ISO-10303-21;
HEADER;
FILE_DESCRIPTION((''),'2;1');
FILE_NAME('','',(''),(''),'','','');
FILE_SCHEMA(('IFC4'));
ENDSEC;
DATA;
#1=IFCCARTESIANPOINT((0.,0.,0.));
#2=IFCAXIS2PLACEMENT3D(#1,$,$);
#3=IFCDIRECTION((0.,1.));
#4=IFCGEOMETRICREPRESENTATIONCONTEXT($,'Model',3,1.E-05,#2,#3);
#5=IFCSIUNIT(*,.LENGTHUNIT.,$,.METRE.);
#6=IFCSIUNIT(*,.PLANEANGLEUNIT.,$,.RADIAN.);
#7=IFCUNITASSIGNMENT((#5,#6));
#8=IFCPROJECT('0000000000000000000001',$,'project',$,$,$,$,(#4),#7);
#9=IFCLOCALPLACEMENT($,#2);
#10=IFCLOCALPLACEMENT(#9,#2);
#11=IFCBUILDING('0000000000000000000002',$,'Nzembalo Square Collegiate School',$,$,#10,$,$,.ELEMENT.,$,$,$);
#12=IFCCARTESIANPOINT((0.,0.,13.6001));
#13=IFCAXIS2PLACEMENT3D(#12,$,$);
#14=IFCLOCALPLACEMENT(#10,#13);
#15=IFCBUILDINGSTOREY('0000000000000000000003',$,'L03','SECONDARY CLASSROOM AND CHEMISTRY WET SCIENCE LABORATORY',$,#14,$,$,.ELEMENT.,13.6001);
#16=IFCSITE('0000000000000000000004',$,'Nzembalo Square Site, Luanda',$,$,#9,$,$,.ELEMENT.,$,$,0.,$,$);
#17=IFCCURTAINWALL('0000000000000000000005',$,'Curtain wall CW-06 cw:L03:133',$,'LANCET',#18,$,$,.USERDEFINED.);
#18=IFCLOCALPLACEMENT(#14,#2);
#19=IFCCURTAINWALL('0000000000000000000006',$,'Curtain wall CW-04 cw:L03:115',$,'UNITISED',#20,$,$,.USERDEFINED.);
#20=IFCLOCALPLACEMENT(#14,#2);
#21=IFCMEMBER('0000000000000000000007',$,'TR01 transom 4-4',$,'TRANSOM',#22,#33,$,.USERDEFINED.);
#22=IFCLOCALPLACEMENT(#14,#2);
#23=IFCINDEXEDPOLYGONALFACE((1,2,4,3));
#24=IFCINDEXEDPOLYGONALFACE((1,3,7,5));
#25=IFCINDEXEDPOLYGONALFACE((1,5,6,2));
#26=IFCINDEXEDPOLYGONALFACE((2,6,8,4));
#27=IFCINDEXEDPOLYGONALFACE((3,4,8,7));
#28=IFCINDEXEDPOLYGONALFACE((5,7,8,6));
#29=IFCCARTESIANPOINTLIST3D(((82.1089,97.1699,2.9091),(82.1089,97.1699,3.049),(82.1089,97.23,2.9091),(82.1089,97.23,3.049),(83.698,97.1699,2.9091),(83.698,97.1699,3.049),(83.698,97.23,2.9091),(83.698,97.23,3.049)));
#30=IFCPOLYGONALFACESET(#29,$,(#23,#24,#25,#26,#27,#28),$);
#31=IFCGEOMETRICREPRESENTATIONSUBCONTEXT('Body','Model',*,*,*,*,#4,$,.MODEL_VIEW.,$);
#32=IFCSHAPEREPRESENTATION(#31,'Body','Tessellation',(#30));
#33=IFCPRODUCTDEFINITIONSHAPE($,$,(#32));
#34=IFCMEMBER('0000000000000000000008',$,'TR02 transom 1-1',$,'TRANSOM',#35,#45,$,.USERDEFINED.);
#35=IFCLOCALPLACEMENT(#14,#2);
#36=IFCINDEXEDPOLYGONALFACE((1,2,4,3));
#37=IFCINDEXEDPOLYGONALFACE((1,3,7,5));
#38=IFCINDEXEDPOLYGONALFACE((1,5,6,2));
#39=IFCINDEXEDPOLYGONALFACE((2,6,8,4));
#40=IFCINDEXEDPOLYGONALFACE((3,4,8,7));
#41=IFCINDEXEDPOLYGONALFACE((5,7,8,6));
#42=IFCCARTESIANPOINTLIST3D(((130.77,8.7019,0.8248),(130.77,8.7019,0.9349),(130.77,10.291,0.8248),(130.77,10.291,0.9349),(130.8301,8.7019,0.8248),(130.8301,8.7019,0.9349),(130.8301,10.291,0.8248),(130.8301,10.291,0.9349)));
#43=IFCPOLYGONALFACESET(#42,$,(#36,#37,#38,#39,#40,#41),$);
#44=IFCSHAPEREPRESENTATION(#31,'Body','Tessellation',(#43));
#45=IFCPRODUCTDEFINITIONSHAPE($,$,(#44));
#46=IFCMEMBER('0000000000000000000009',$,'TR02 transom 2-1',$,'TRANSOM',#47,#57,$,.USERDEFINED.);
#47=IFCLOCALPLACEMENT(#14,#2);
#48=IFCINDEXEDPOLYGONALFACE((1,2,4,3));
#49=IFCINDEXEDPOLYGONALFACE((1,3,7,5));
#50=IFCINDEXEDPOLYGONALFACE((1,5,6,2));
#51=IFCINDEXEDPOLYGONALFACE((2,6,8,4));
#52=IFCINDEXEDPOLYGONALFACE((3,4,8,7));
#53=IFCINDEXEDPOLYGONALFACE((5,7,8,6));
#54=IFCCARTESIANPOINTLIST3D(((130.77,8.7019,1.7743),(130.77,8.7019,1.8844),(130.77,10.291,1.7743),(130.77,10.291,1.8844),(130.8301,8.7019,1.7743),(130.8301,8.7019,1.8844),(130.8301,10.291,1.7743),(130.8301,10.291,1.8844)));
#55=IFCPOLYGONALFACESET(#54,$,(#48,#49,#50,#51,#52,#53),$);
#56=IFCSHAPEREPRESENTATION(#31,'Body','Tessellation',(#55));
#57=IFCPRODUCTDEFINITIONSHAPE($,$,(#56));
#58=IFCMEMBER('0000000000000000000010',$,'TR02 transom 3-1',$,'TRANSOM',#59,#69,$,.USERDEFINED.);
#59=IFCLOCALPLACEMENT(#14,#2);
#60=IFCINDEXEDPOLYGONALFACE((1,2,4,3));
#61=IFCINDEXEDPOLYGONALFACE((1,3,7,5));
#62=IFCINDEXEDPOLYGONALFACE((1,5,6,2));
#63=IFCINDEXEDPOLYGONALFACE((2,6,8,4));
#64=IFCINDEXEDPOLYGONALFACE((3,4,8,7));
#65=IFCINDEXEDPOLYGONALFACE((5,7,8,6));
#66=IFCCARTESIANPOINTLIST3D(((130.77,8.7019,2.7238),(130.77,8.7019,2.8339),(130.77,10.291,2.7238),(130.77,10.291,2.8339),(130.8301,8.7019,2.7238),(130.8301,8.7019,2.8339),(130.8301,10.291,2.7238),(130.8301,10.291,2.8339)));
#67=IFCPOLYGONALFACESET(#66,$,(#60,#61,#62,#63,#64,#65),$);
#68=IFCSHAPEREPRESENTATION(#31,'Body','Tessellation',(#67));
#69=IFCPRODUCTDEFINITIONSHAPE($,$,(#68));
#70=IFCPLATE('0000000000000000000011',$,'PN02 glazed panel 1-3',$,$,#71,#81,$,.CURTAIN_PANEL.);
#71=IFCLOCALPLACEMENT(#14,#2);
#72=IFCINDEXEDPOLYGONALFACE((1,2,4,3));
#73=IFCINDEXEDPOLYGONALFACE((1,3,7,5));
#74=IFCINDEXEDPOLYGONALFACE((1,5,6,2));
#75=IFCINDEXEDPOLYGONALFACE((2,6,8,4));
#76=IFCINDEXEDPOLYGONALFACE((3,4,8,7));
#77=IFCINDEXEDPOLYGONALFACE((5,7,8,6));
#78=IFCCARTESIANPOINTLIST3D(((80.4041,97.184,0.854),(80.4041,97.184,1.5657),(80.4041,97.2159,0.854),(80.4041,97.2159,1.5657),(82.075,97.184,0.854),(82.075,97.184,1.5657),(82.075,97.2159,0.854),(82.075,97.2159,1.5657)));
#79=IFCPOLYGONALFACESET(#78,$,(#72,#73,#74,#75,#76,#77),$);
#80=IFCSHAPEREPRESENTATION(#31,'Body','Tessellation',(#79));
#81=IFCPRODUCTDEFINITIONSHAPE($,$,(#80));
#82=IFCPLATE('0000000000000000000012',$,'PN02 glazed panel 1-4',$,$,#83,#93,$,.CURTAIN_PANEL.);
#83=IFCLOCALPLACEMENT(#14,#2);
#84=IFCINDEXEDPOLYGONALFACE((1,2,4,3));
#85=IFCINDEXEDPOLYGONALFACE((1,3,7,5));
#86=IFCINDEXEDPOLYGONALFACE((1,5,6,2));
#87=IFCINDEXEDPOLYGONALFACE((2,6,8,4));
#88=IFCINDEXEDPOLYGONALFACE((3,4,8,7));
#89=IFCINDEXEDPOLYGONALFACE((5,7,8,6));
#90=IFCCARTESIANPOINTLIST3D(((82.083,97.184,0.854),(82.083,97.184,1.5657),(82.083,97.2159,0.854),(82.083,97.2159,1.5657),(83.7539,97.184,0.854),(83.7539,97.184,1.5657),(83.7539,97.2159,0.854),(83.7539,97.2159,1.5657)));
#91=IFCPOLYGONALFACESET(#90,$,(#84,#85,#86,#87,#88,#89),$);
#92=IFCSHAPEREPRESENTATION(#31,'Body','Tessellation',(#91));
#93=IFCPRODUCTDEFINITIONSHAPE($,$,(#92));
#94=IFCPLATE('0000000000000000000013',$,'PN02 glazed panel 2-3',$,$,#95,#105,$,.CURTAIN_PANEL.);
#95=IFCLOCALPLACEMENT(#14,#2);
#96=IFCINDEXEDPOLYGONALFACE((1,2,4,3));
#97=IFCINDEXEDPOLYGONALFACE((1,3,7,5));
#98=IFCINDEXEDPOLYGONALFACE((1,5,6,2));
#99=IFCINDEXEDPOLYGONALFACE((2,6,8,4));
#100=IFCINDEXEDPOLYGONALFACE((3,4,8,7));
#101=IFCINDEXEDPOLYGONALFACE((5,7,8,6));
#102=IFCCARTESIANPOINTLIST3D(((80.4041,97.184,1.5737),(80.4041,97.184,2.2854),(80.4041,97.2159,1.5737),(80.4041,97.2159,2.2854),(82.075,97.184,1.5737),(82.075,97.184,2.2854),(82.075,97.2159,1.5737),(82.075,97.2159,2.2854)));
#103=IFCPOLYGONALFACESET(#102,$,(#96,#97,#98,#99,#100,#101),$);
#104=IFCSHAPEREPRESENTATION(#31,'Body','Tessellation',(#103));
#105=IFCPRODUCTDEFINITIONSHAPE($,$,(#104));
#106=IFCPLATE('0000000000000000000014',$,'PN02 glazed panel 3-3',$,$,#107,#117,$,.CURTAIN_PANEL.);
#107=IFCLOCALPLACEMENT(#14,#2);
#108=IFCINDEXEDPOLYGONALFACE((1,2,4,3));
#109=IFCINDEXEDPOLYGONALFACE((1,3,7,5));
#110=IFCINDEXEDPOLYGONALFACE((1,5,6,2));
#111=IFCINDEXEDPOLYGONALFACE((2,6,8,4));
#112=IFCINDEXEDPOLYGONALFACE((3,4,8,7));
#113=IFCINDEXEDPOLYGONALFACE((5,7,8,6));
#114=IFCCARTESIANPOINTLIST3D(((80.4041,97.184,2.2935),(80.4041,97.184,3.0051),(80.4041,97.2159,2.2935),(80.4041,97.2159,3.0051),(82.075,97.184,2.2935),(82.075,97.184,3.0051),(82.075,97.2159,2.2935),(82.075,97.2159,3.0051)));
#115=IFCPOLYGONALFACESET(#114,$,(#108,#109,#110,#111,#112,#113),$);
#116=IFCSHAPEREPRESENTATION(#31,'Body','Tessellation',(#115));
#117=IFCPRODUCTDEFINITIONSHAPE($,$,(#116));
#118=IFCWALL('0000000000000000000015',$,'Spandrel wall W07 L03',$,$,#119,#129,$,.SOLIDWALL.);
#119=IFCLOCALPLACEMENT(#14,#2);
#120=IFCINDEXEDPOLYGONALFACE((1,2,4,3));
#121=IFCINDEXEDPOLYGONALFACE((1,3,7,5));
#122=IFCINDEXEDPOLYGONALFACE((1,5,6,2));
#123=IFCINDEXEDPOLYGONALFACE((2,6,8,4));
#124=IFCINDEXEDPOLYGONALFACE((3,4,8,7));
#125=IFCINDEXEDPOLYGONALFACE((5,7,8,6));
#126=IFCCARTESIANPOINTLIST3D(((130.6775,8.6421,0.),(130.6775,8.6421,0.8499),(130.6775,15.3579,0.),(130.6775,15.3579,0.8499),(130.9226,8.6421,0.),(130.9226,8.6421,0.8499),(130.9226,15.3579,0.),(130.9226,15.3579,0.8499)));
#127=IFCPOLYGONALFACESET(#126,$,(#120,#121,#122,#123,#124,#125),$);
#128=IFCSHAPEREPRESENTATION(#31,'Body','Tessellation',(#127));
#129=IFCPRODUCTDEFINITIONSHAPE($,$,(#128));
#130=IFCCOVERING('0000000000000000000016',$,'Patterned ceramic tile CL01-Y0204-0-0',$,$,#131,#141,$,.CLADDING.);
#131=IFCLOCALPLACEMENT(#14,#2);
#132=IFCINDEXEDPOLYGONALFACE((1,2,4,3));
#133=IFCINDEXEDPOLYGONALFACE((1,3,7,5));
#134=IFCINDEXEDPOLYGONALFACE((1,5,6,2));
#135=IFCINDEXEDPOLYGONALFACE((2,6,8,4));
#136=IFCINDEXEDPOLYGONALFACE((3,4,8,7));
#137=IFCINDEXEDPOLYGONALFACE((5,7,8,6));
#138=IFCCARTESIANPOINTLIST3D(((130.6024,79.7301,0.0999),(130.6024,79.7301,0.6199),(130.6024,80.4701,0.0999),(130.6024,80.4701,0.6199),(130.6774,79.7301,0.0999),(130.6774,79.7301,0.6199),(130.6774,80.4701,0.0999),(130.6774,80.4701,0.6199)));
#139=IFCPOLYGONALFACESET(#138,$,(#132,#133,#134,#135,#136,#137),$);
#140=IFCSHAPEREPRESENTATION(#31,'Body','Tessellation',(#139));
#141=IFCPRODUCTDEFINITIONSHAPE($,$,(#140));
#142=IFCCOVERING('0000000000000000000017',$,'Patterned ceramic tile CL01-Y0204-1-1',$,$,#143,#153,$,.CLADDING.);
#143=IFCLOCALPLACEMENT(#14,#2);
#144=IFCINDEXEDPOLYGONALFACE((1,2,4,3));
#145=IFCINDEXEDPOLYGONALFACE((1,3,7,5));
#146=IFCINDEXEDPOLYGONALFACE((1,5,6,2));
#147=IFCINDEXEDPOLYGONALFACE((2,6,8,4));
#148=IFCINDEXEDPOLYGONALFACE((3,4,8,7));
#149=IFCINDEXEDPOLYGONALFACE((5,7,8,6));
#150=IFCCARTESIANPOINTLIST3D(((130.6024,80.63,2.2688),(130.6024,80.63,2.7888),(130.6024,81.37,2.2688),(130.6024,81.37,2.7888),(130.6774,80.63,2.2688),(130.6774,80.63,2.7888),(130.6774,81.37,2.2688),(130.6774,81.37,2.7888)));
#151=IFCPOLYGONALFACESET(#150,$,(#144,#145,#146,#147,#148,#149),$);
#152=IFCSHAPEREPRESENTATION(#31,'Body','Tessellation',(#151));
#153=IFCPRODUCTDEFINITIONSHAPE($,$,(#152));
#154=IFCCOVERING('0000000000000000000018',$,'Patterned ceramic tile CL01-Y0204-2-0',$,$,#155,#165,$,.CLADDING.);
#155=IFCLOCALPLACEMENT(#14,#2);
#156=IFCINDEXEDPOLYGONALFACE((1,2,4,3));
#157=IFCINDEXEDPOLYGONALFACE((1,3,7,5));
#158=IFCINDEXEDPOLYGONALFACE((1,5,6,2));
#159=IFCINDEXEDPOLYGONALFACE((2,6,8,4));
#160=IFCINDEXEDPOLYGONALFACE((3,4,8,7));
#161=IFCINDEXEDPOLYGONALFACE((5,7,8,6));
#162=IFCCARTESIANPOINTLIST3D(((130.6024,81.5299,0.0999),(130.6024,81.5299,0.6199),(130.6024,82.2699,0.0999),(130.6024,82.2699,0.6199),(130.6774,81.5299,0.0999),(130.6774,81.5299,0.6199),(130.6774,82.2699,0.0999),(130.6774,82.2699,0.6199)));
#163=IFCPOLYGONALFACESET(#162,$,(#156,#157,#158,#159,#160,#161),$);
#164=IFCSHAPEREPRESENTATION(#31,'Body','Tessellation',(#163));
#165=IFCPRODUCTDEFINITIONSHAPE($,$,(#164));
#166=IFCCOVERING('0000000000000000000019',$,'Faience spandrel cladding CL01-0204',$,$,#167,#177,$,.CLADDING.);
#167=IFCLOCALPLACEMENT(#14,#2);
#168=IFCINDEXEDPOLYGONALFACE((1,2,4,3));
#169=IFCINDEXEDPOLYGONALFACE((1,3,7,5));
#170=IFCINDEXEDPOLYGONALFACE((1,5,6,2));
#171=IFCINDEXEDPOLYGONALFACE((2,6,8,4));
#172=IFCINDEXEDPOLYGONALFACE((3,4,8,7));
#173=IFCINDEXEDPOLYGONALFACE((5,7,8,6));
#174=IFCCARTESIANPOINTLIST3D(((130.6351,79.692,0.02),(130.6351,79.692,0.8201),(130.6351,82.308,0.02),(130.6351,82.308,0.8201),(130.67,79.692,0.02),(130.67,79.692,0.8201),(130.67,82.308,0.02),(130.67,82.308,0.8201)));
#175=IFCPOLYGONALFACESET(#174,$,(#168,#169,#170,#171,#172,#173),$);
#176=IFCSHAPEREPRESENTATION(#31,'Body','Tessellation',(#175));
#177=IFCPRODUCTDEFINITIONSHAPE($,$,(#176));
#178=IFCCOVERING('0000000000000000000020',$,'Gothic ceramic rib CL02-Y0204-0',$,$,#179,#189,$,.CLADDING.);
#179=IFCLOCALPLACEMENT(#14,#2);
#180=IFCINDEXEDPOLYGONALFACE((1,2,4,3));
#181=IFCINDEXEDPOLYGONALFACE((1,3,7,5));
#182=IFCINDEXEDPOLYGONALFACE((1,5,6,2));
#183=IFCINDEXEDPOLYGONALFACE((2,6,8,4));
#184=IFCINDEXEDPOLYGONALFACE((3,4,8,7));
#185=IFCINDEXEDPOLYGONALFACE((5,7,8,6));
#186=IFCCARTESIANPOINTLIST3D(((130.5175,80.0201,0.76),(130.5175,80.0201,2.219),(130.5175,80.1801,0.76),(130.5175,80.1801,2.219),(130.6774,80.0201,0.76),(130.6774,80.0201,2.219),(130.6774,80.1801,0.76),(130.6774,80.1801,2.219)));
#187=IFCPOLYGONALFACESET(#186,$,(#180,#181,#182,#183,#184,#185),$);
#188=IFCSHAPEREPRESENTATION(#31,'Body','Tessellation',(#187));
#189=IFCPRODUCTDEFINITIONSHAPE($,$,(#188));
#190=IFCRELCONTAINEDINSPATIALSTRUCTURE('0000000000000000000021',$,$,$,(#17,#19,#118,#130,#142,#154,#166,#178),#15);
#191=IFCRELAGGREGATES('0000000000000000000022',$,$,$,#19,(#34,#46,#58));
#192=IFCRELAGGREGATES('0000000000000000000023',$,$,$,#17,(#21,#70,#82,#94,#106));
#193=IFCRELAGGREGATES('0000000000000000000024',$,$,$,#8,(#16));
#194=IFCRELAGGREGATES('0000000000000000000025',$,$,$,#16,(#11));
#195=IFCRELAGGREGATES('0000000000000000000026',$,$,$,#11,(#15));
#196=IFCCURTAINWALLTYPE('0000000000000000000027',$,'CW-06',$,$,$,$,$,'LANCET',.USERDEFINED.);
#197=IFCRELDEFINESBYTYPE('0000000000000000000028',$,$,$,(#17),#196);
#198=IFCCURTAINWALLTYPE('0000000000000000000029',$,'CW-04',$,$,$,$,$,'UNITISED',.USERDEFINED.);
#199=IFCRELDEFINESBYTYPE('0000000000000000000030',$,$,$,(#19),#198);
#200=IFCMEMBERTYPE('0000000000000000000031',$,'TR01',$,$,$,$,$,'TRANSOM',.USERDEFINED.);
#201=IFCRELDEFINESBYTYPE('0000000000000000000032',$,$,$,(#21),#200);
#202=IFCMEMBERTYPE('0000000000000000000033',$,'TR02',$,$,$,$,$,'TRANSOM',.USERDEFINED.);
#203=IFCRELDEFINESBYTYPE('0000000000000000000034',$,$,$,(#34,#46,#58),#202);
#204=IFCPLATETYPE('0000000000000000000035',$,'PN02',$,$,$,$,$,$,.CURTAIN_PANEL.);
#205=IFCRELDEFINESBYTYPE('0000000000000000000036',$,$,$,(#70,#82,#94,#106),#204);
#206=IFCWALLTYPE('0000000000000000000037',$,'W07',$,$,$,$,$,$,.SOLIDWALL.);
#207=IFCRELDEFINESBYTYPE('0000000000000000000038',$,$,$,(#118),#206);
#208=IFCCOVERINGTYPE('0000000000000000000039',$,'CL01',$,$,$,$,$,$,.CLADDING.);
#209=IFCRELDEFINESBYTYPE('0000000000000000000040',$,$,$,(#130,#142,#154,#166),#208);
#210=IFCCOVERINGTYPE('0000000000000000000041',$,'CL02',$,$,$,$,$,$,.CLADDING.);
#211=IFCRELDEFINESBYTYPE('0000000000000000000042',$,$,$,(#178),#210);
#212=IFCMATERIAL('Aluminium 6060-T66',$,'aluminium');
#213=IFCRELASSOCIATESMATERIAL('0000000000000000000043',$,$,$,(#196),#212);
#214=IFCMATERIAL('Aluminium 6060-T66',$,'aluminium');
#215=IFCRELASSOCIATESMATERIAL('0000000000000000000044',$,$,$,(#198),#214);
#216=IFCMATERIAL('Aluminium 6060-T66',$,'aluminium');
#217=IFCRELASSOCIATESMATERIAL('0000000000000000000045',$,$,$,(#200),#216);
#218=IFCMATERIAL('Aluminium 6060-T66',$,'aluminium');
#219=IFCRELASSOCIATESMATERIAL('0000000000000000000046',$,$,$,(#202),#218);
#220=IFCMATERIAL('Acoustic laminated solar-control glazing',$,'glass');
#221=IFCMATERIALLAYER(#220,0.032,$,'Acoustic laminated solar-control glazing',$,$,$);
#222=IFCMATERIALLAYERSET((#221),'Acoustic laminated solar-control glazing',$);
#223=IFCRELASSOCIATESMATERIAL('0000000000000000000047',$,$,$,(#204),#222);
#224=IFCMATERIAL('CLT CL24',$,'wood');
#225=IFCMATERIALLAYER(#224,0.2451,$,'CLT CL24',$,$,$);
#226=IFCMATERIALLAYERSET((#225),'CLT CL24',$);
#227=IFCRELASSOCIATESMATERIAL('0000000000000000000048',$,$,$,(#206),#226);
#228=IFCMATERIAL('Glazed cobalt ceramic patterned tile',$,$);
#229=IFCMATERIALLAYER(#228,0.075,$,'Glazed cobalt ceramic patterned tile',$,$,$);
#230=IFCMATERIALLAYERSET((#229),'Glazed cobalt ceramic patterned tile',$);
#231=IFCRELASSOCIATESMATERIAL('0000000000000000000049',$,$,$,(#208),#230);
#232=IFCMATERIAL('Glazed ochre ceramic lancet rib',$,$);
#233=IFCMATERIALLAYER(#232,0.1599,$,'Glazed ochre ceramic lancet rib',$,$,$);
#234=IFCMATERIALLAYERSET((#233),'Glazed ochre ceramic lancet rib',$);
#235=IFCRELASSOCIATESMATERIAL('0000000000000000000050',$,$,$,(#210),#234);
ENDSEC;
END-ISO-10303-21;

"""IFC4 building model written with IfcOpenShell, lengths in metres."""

from ifc_helpers import new_model, si_unit, direction, frame, frame_2d, origin, origin_2d, place, context, subcontext, project, spatial, rectangle, extrude, material, layer, layer_set, material_profile, profile_set, type_object, element, aggregate, save


model = new_model("IFC4")

# Units and contexts
model_context = context("Model", 3, precision=1e-05, world=origin(), true_north=direction((0.0, 1.0)))
body_context = subcontext(model_context, "Body", "Model", "MODEL_VIEW")
ifc_project = project(units=[si_unit("LENGTHUNIT", "METRE"), si_unit("PLANEANGLEUNIT", "RADIAN")], contexts=[model_context])

# Site, building, storey
site_placement = place(None, origin())
site = spatial("IfcSite", under=ifc_project, at=site_placement, Name="Nzembalo Square Site, Luanda", CompositionType="ELEMENT", RefElevation=0.0)
building_placement = place(site_placement, origin())
building = spatial("IfcBuilding", under=site, at=building_placement, Name="Nzembalo Square Collegiate School", CompositionType="ELEMENT")
storey_placement = place(building_placement, frame((0.0, 0.0, 13.6001)))
storey = spatial("IfcBuildingStorey", under=building, at=storey_placement, Name="L03", Description="SECONDARY CLASSROOM AND CHEMISTRY WET SCIENCE LABORATORY", CompositionType="ELEMENT", Elevation=13.6001)

# Curtain wall
ifc_material_1 = material(Name="Aluminium 6060-T66", Category="aluminium")
curtain_wall_type_1 = type_object("IfcCurtainWallType", Name="CW-06", ElementType="LANCET", PredefinedType="USERDEFINED", material=ifc_material_1)
curtain_wall_1_placement = place(storey_placement, origin())
curtain_wall_1 = element("IfcCurtainWall", 1, at=curtain_wall_1_placement, inside=storey, type_object=curtain_wall_type_1, Name="Curtain wall CW-06 cw:L03:133", ObjectType="LANCET", PredefinedType="USERDEFINED")

# Curtain wall
ifc_material_2 = material(Name="Aluminium 6060-T66", Category="aluminium")
curtain_wall_type_2 = type_object("IfcCurtainWallType", Name="CW-04", ElementType="UNITISED", PredefinedType="USERDEFINED", material=ifc_material_2)
curtain_wall_2_placement = place(storey_placement, origin())
curtain_wall_2 = element("IfcCurtainWall", 2, at=curtain_wall_2_placement, inside=storey, type_object=curtain_wall_type_2, Name="Curtain wall CW-04 cw:L03:115", ObjectType="UNITISED", PredefinedType="USERDEFINED")

# Members
ifc_material_3 = material(Name="Aluminium 6060-T66", Category="aluminium")
ifc_material_profile_1 = material_profile(ifc_material_3, rectangle(XDim=0.0601, YDim=0.1399, at=origin_2d()), Name="ALU T60x140")
ifc_profile_set_1 = profile_set([ifc_material_profile_1], Name="Aluminium 6060-T66")
member_type_1 = type_object("IfcMemberType", Name="TR01", ElementType="TRANSOM", PredefinedType="USERDEFINED", material=ifc_profile_set_1)
member_1_placement = place(storey_placement, frame((82.1089, 97.2, 2.979), z_axis=(1.0, 0.0, 0.0), x_axis=(0.0, 1.0, 0.0)))
member_1 = element("IfcMember", 3, at=member_1_placement, type_object=member_type_1, Name="TR01 transom 4-4", ObjectType="TRANSOM", PredefinedType="USERDEFINED", context=body_context, shape_type="SweptSolid", body=[
    extrude(rectangle(XDim=0.0601, YDim=0.1399, at=origin_2d()), origin(), (0.0, 0.0, 1.0), 1.5891),
])
ifc_material_4 = material(Name="Aluminium 6060-T66", Category="aluminium")
ifc_material_profile_2 = material_profile(ifc_material_4, rectangle(XDim=0.0601, YDim=0.1101, at=origin_2d()), Name="ALU T60x110")
ifc_profile_set_2 = profile_set([ifc_material_profile_2], Name="Aluminium 6060-T66")
member_type_2 = type_object("IfcMemberType", Name="TR02", ElementType="TRANSOM", PredefinedType="USERDEFINED", material=ifc_profile_set_2)
member_2_placement = place(storey_placement, frame((130.8, 8.7019, 0.8799), z_axis=(0.0, 1.0, 0.0), x_axis=(-1.0, 0.0, 0.0)))
member_2 = element("IfcMember", 4, at=member_2_placement, type_object=member_type_2, Name="TR02 transom 1-1", ObjectType="TRANSOM", PredefinedType="USERDEFINED", context=body_context, shape_type="SweptSolid", body=[
    extrude(rectangle(XDim=0.0601, YDim=0.1101, at=origin_2d()), origin(), (0.0, 0.0, 1.0), 1.5891),
])
member_3_placement = place(storey_placement, frame((130.8, 8.7019, 1.8293), z_axis=(0.0, 1.0, 0.0), x_axis=(-1.0, 0.0, 0.0)))
member_3 = element("IfcMember", 5, at=member_3_placement, type_object=member_type_2, Name="TR02 transom 2-1", ObjectType="TRANSOM", PredefinedType="USERDEFINED", context=body_context, shape_type="SweptSolid", body=[
    extrude(rectangle(XDim=0.0601, YDim=0.1101, at=origin_2d()), origin(), (0.0, 0.0, 1.0), 1.5891),
])
member_4_placement = place(storey_placement, frame((130.8, 8.7019, 2.7788), z_axis=(0.0, 1.0, 0.0), x_axis=(-1.0, 0.0, 0.0)))
member_4 = element("IfcMember", 6, at=member_4_placement, type_object=member_type_2, Name="TR02 transom 3-1", ObjectType="TRANSOM", PredefinedType="USERDEFINED", context=body_context, shape_type="SweptSolid", body=[
    extrude(rectangle(XDim=0.0601, YDim=0.1101, at=origin_2d()), origin(), (0.0, 0.0, 1.0), 1.5891),
])
aggregate(curtain_wall_2, [member_2, member_3, member_4])

# Plates
ifc_material_5 = material(Name="Acoustic laminated solar-control glazing", Category="glass")
ifc_layer_1 = layer(ifc_material_5, 0.032, Name="Acoustic laminated solar-control glazing")
ifc_layer_set_1 = layer_set([ifc_layer_1], Name="Acoustic laminated solar-control glazing")
plate_type = type_object("IfcPlateType", Name="PN02", PredefinedType="CURTAIN_PANEL", material=ifc_layer_set_1)
plate_1_placement = place(storey_placement, frame((81.2395, 97.2, 0.854), z_axis=(0.0, 0.0, 1.0), x_axis=(1.0, 0.0, 0.0)))
plate_1 = element("IfcPlate", 7, at=plate_1_placement, type_object=plate_type, Name="PN02 glazed panel 1-3", PredefinedType="CURTAIN_PANEL", context=body_context, shape_type="SweptSolid", body=[
    extrude(rectangle(XDim=1.6709, YDim=0.032, at=origin_2d()), origin(), (0.0, 0.0, 1.0), 0.7117),
])
plate_2_placement = place(storey_placement, frame((82.9185, 97.2, 0.854), z_axis=(0.0, 0.0, 1.0), x_axis=(1.0, 0.0, 0.0)))
plate_2 = element("IfcPlate", 8, at=plate_2_placement, type_object=plate_type, Name="PN02 glazed panel 1-4", PredefinedType="CURTAIN_PANEL", context=body_context, shape_type="SweptSolid", body=[
    extrude(rectangle(XDim=1.6709, YDim=0.032, at=origin_2d()), origin(), (0.0, 0.0, 1.0), 0.7117),
])
plate_3_placement = place(storey_placement, frame((81.2395, 97.2, 1.5737), z_axis=(0.0, 0.0, 1.0), x_axis=(1.0, 0.0, 0.0)))
plate_3 = element("IfcPlate", 9, at=plate_3_placement, type_object=plate_type, Name="PN02 glazed panel 2-3", PredefinedType="CURTAIN_PANEL", context=body_context, shape_type="SweptSolid", body=[
    extrude(rectangle(XDim=1.6709, YDim=0.032, at=origin_2d()), origin(), (0.0, 0.0, 1.0), 0.7117),
])
plate_4_placement = place(storey_placement, frame((81.2395, 97.2, 2.2935), z_axis=(0.0, 0.0, 1.0), x_axis=(1.0, 0.0, 0.0)))
plate_4 = element("IfcPlate", 10, at=plate_4_placement, type_object=plate_type, Name="PN02 glazed panel 3-3", PredefinedType="CURTAIN_PANEL", context=body_context, shape_type="SweptSolid", body=[
    extrude(rectangle(XDim=1.6709, YDim=0.032, at=origin_2d()), origin(), (0.0, 0.0, 1.0), 0.7117),
])
aggregate(curtain_wall_1, [member_1, plate_1, plate_2, plate_3, plate_4])

# Wall
ifc_material_6 = material(Name="CLT CL24", Category="wood")
ifc_layer_2 = layer(ifc_material_6, 0.2451, Name="CLT CL24")
ifc_layer_set_2 = layer_set([ifc_layer_2], Name="CLT CL24")
wall_type = type_object("IfcWallType", Name="W07", PredefinedType="SOLIDWALL", material=ifc_layer_set_2)
wall_placement = place(storey_placement, frame((130.8, 8.6421, 0.0), z_axis=(0.0, 0.0, 1.0), x_axis=(0.0, 1.0, 0.0)))
element("IfcWall", 11, at=wall_placement, inside=storey, type_object=wall_type, Name="Spandrel wall W07 L03", PredefinedType="SOLIDWALL", context=body_context, shape_type="SweptSolid", body=[
    extrude(rectangle(XDim=6.7158, YDim=0.2451, at=frame_2d((3.3579, 0.0))), origin(), (0.0, 0.0, 1.0), 0.8499),
])

# Coverings
ifc_material_7 = material(Name="Glazed cobalt ceramic patterned tile")
ifc_layer_3 = layer(ifc_material_7, 0.075, Name="Glazed cobalt ceramic patterned tile")
ifc_layer_set_3 = layer_set([ifc_layer_3], Name="Glazed cobalt ceramic patterned tile")
covering_type_1 = type_object("IfcCoveringType", Name="CL01", PredefinedType="CLADDING", material=ifc_layer_set_3)
for number, where, z_axis, x_axis, name in (
    (12, (130.6399, 80.1001, 0.0999), (0.0, 0.0, 1.0), (1.0, 0.0, 0.0), "Patterned ceramic tile CL01-Y0204-0-0"),
    (13, (130.6399, 81.0, 2.2688), (0.0, 0.0, 1.0), (1.0, 0.0, 0.0), "Patterned ceramic tile CL01-Y0204-1-1"),
    (14, (130.6399, 81.8999, 0.0999), (0.0, 0.0, 1.0), (1.0, 0.0, 0.0), "Patterned ceramic tile CL01-Y0204-2-0"),
):
    element("IfcCovering", number, at=place(storey_placement, frame(where, z_axis=z_axis, x_axis=x_axis)), inside=storey, type_object=covering_type_1, Name=name, PredefinedType="CLADDING", context=body_context, shape_type="SweptSolid", body=[
        extrude(rectangle(XDim=0.075, YDim=0.74, at=origin_2d()), origin(), (0.0, 0.0, 1.0), 0.52),
    ])
covering_placement = place(storey_placement, frame((130.6526, 81.0, 0.02), z_axis=(0.0, 0.0, 1.0), x_axis=(1.0, 0.0, 0.0)))
element("IfcCovering", 15, at=covering_placement, inside=storey, type_object=covering_type_1, Name="Faience spandrel cladding CL01-0204", PredefinedType="CLADDING", context=body_context, shape_type="SweptSolid", body=[
    extrude(rectangle(XDim=0.0349, YDim=2.616, at=origin_2d()), origin(), (0.0, 0.0, 1.0), 0.8),
])
ifc_material_8 = material(Name="Glazed ochre ceramic lancet rib")
ifc_layer_4 = layer(ifc_material_8, 0.1599, Name="Glazed ochre ceramic lancet rib")
ifc_layer_set_4 = layer_set([ifc_layer_4], Name="Glazed ochre ceramic lancet rib")
covering_type_2 = type_object("IfcCoveringType", Name="CL02", PredefinedType="CLADDING", material=ifc_layer_set_4)
for number, where, z_axis, x_axis, name in (
    (16, (130.5974, 80.1001, 0.76), (0.0, 0.0, 1.0), (1.0, 0.0, 0.0), "Gothic ceramic rib CL02-Y0204-0"),
):
    element("IfcCovering", number, at=place(storey_placement, frame(where, z_axis=z_axis, x_axis=x_axis)), inside=storey, type_object=covering_type_2, Name=name, PredefinedType="CLADDING", context=body_context, shape_type="SweptSolid", body=[
        extrude(rectangle(XDim=0.1599, YDim=0.1599, at=origin_2d()), origin(), (0.0, 0.0, 1.0), 1.459),
    ])

save(model, "model.ifc")
